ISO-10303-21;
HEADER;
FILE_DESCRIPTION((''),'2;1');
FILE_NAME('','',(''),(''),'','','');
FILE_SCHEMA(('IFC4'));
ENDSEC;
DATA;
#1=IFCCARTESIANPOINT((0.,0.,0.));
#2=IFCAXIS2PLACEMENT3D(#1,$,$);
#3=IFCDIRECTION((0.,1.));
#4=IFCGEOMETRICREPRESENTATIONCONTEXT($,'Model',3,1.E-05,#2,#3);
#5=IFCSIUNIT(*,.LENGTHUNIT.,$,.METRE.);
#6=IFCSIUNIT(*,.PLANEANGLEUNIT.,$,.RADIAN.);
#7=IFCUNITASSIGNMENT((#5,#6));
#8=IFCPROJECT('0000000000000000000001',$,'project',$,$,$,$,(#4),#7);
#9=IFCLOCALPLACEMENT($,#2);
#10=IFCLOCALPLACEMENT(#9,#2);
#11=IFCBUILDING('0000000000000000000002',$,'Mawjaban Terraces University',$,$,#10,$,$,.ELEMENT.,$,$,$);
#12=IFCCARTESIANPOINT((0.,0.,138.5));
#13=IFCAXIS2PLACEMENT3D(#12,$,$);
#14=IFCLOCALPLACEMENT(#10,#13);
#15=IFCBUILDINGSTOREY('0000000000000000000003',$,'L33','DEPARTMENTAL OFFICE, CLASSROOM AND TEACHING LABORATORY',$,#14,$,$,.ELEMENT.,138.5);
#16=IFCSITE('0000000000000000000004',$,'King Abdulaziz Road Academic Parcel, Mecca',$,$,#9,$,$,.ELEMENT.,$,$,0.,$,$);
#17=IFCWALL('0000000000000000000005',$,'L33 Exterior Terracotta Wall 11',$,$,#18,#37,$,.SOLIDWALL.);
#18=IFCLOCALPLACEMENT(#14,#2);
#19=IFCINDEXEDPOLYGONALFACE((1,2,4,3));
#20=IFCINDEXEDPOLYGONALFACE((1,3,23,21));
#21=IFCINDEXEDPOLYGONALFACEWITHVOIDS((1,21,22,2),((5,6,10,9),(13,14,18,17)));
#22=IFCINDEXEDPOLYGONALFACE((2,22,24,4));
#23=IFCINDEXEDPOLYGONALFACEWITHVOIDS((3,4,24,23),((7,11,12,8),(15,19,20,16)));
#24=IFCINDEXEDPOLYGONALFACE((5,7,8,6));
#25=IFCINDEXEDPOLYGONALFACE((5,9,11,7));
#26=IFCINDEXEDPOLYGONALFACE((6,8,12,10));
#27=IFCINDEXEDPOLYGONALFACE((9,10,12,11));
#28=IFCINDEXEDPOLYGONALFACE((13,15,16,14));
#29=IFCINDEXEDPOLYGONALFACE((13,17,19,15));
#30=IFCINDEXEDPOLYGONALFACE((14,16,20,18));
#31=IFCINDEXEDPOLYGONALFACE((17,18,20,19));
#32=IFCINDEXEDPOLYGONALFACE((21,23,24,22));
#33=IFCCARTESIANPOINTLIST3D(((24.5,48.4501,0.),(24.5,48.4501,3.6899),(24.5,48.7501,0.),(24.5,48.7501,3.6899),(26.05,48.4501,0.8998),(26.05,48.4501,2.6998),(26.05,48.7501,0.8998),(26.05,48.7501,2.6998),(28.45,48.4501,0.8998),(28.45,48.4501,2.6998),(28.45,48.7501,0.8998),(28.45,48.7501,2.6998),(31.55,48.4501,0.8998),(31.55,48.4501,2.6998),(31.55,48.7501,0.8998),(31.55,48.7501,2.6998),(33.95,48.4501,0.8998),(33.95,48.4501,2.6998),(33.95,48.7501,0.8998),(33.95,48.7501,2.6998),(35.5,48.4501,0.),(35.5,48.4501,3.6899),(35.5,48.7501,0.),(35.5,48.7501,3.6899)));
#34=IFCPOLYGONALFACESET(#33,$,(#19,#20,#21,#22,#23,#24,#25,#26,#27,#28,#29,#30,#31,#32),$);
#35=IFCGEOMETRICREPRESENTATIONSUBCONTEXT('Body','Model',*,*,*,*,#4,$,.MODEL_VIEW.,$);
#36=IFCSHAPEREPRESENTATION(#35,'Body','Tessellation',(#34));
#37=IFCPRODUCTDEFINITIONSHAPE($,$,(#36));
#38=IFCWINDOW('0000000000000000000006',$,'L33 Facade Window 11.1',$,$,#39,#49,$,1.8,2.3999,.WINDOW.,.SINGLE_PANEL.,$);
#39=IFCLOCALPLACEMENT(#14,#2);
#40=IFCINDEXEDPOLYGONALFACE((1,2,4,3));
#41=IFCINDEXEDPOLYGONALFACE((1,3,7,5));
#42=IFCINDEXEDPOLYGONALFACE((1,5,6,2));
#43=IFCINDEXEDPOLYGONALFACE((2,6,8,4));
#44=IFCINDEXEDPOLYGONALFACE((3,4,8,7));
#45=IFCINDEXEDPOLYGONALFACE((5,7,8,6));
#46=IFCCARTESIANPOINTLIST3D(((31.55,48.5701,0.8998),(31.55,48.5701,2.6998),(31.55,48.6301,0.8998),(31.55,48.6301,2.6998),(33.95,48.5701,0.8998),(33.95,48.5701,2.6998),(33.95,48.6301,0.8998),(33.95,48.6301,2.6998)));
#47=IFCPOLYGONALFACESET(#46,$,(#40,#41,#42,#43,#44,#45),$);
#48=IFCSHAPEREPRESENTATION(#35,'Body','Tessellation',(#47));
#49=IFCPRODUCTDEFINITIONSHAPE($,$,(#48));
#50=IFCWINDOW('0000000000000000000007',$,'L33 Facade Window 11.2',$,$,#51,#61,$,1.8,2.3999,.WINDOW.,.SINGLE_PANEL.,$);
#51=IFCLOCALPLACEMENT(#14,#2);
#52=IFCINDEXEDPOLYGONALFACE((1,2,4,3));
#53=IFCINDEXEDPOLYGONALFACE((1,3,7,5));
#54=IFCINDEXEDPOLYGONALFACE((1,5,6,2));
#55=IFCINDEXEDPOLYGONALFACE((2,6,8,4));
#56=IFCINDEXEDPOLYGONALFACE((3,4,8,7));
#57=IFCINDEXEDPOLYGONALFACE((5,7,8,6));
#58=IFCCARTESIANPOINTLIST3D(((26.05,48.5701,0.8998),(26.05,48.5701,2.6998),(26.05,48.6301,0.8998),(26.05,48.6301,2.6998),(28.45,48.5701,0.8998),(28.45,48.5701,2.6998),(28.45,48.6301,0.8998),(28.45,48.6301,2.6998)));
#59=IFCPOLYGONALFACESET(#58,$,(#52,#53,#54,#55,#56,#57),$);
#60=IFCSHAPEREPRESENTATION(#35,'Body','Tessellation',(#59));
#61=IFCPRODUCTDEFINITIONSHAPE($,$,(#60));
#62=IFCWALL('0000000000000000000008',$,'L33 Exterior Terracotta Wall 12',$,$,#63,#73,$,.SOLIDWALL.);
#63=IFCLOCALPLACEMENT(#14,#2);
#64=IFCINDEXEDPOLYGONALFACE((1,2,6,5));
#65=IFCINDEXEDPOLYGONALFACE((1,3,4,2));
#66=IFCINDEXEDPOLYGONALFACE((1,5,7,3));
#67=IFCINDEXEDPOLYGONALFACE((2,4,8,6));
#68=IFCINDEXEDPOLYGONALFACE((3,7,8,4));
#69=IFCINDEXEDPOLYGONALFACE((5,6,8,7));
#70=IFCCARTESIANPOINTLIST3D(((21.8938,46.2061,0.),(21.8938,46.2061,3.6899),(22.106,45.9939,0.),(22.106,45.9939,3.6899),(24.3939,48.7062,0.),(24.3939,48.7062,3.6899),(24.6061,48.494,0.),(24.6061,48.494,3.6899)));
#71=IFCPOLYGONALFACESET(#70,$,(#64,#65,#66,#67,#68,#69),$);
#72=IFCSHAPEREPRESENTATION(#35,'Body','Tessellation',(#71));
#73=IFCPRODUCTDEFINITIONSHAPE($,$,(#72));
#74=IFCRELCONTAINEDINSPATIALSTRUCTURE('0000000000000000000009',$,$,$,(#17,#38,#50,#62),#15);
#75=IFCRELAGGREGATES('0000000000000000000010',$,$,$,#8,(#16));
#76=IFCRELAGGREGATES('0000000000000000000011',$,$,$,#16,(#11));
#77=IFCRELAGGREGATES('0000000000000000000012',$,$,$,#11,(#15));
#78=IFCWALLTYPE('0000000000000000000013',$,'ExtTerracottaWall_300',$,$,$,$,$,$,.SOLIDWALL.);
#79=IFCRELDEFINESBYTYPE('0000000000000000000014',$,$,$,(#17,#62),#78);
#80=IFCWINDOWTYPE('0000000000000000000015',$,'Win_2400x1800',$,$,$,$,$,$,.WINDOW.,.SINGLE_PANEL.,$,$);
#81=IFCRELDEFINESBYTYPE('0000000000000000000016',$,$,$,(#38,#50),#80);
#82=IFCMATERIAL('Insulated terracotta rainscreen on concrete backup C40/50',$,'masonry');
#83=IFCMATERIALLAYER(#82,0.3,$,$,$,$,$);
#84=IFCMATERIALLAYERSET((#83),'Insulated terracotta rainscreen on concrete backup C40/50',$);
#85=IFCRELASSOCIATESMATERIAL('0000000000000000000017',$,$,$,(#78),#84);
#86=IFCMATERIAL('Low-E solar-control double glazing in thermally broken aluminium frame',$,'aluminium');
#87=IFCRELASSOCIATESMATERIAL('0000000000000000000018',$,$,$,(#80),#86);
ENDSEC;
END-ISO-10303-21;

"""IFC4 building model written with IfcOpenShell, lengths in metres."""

from ifc_helpers import new_model, si_unit, direction, frame, frame_2d, origin, place, context, subcontext, project, spatial, rectangle, extrude, material, layer, layer_set, type_object, element, fill, save


model = new_model("IFC4")

# Units and contexts
model_context = context("Model", 3, precision=1e-05, world=origin(), true_north=direction((0.0, 1.0)))
body_context = subcontext(model_context, "Body", "Model", "MODEL_VIEW")
ifc_project = project(units=[si_unit("LENGTHUNIT", "METRE"), si_unit("PLANEANGLEUNIT", "RADIAN")], contexts=[model_context])

# Site, building, storey
site_placement = place(None, origin())
site = spatial("IfcSite", under=ifc_project, at=site_placement, Name="King Abdulaziz Road Academic Parcel, Mecca", CompositionType="ELEMENT", RefElevation=0.0)
building_placement = place(site_placement, origin())
building = spatial("IfcBuilding", under=site, at=building_placement, Name="Mawjaban Terraces University", CompositionType="ELEMENT")
storey_placement = place(building_placement, frame((0.0, 0.0, 138.5)))
storey = spatial("IfcBuildingStorey", under=building, at=storey_placement, Name="L33", Description="DEPARTMENTAL OFFICE, CLASSROOM AND TEACHING LABORATORY", CompositionType="ELEMENT", Elevation=138.5)

# Wall, openings, windows
ifc_material_1 = material(Name="Insulated terracotta rainscreen on concrete backup C40/50", Category="masonry")
ifc_layer_1 = layer(ifc_material_1, 0.3)
ifc_layer_set_1 = layer_set([ifc_layer_1], Name="Insulated terracotta rainscreen on concrete backup C40/50")
wall_type_1 = type_object("IfcWallType", Name="ExtTerracottaWall_300", PredefinedType="SOLIDWALL", material=ifc_layer_set_1)
wall_1_placement = place(storey_placement, frame((35.5, 48.6001, 0.0), z_axis=(0.0, 0.0, 1.0), x_axis=(-1.0, 0.0, 0.0)))
wall_1 = element("IfcWall", 1, at=wall_1_placement, inside=storey, type_object=wall_type_1, Name="L33 Exterior Terracotta Wall 11", PredefinedType="SOLIDWALL", context=body_context, shape_type="SweptSolid", body=[
    extrude(rectangle(XDim=11.0, YDim=0.3, at=frame_2d((5.5, 0.0))), origin(), (0.0, 0.0, 1.0), 3.6899),
])
opening_1_placement = place(wall_1_placement, frame((1.55, 0.0, 0.8999)))
opening_1 = element("IfcOpeningElement", 2, at=opening_1_placement, cuts=wall_1, PredefinedType="OPENING", context=body_context, shape_type="SweptSolid", body=[
    extrude(rectangle(XDim=2.3999, YDim=1.8, at=frame_2d((1.2, 0.8999))), frame((0.0, 0.1599, 0.0), z_axis=(0.0, -1.0, 0.0), x_axis=(1.0, 0.0, 0.0)), (0.0, 0.0, 1.0), 0.3201),
])
opening_2_placement = place(wall_1_placement, frame((7.05, 0.0, 0.8999)))
opening_2 = element("IfcOpeningElement", 3, at=opening_2_placement, cuts=wall_1, PredefinedType="OPENING", context=body_context, shape_type="SweptSolid", body=[
    extrude(rectangle(XDim=2.3999, YDim=1.8, at=frame_2d((1.2, 0.8999))), frame((0.0, 0.1599, 0.0), z_axis=(0.0, -1.0, 0.0), x_axis=(1.0, 0.0, 0.0)), (0.0, 0.0, 1.0), 0.3201),
])
ifc_material_2 = material(Name="Low-E solar-control double glazing in thermally broken aluminium frame", Category="aluminium")
window_type_1 = type_object("IfcWindowType", Name="Win_2400x1800", PartitioningType="SINGLE_PANEL", PredefinedType="WINDOW", material=ifc_material_2)
window_1_placement = place(opening_1_placement, origin())
window_1 = element("IfcWindow", 4, at=window_1_placement, inside=storey, type_object=window_type_1, Name="L33 Facade Window 11.1", OverallHeight=1.8, OverallWidth=2.3999, PartitioningType="SINGLE_PANEL", PredefinedType="WINDOW", context=body_context, shape_type="SweptSolid", body=[
    extrude(rectangle(XDim=2.3999, YDim=1.8, at=frame_2d((1.2, 0.8999))), frame((0.0, 0.03, 0.0), z_axis=(0.0, -1.0, 0.0), x_axis=(1.0, 0.0, 0.0)), (0.0, 0.0, 1.0), 0.0601),
])
fill(opening_1, window_1)
window_2_placement = place(opening_2_placement, origin())
window_2 = element("IfcWindow", 5, at=window_2_placement, inside=storey, type_object=window_type_1, Name="L33 Facade Window 11.2", OverallHeight=1.8, OverallWidth=2.3999, PartitioningType="SINGLE_PANEL", PredefinedType="WINDOW", context=body_context, shape_type="SweptSolid", body=[
    extrude(rectangle(XDim=2.3999, YDim=1.8, at=frame_2d((1.2, 0.8999))), frame((0.0, 0.03, 0.0), z_axis=(0.0, -1.0, 0.0), x_axis=(1.0, 0.0, 0.0)), (0.0, 0.0, 1.0), 0.0601),
])
fill(opening_2, window_2)

# Wall
wall_2_placement = place(storey_placement, frame((24.5, 48.6001, 0.0), z_axis=(0.0, 0.0, 1.0), x_axis=(-0.707107, -0.707107, 0.0)))
element("IfcWall", 6, at=wall_2_placement, inside=storey, type_object=wall_type_1, Name="L33 Exterior Terracotta Wall 12", PredefinedType="SOLIDWALL", context=body_context, shape_type="SweptSolid", body=[
    extrude(rectangle(XDim=3.5356, YDim=0.3, at=frame_2d((1.7678, 0.0))), origin(), (0.0, 0.0, 1.0), 3.6899),
])

save(model, "model.ifc")
